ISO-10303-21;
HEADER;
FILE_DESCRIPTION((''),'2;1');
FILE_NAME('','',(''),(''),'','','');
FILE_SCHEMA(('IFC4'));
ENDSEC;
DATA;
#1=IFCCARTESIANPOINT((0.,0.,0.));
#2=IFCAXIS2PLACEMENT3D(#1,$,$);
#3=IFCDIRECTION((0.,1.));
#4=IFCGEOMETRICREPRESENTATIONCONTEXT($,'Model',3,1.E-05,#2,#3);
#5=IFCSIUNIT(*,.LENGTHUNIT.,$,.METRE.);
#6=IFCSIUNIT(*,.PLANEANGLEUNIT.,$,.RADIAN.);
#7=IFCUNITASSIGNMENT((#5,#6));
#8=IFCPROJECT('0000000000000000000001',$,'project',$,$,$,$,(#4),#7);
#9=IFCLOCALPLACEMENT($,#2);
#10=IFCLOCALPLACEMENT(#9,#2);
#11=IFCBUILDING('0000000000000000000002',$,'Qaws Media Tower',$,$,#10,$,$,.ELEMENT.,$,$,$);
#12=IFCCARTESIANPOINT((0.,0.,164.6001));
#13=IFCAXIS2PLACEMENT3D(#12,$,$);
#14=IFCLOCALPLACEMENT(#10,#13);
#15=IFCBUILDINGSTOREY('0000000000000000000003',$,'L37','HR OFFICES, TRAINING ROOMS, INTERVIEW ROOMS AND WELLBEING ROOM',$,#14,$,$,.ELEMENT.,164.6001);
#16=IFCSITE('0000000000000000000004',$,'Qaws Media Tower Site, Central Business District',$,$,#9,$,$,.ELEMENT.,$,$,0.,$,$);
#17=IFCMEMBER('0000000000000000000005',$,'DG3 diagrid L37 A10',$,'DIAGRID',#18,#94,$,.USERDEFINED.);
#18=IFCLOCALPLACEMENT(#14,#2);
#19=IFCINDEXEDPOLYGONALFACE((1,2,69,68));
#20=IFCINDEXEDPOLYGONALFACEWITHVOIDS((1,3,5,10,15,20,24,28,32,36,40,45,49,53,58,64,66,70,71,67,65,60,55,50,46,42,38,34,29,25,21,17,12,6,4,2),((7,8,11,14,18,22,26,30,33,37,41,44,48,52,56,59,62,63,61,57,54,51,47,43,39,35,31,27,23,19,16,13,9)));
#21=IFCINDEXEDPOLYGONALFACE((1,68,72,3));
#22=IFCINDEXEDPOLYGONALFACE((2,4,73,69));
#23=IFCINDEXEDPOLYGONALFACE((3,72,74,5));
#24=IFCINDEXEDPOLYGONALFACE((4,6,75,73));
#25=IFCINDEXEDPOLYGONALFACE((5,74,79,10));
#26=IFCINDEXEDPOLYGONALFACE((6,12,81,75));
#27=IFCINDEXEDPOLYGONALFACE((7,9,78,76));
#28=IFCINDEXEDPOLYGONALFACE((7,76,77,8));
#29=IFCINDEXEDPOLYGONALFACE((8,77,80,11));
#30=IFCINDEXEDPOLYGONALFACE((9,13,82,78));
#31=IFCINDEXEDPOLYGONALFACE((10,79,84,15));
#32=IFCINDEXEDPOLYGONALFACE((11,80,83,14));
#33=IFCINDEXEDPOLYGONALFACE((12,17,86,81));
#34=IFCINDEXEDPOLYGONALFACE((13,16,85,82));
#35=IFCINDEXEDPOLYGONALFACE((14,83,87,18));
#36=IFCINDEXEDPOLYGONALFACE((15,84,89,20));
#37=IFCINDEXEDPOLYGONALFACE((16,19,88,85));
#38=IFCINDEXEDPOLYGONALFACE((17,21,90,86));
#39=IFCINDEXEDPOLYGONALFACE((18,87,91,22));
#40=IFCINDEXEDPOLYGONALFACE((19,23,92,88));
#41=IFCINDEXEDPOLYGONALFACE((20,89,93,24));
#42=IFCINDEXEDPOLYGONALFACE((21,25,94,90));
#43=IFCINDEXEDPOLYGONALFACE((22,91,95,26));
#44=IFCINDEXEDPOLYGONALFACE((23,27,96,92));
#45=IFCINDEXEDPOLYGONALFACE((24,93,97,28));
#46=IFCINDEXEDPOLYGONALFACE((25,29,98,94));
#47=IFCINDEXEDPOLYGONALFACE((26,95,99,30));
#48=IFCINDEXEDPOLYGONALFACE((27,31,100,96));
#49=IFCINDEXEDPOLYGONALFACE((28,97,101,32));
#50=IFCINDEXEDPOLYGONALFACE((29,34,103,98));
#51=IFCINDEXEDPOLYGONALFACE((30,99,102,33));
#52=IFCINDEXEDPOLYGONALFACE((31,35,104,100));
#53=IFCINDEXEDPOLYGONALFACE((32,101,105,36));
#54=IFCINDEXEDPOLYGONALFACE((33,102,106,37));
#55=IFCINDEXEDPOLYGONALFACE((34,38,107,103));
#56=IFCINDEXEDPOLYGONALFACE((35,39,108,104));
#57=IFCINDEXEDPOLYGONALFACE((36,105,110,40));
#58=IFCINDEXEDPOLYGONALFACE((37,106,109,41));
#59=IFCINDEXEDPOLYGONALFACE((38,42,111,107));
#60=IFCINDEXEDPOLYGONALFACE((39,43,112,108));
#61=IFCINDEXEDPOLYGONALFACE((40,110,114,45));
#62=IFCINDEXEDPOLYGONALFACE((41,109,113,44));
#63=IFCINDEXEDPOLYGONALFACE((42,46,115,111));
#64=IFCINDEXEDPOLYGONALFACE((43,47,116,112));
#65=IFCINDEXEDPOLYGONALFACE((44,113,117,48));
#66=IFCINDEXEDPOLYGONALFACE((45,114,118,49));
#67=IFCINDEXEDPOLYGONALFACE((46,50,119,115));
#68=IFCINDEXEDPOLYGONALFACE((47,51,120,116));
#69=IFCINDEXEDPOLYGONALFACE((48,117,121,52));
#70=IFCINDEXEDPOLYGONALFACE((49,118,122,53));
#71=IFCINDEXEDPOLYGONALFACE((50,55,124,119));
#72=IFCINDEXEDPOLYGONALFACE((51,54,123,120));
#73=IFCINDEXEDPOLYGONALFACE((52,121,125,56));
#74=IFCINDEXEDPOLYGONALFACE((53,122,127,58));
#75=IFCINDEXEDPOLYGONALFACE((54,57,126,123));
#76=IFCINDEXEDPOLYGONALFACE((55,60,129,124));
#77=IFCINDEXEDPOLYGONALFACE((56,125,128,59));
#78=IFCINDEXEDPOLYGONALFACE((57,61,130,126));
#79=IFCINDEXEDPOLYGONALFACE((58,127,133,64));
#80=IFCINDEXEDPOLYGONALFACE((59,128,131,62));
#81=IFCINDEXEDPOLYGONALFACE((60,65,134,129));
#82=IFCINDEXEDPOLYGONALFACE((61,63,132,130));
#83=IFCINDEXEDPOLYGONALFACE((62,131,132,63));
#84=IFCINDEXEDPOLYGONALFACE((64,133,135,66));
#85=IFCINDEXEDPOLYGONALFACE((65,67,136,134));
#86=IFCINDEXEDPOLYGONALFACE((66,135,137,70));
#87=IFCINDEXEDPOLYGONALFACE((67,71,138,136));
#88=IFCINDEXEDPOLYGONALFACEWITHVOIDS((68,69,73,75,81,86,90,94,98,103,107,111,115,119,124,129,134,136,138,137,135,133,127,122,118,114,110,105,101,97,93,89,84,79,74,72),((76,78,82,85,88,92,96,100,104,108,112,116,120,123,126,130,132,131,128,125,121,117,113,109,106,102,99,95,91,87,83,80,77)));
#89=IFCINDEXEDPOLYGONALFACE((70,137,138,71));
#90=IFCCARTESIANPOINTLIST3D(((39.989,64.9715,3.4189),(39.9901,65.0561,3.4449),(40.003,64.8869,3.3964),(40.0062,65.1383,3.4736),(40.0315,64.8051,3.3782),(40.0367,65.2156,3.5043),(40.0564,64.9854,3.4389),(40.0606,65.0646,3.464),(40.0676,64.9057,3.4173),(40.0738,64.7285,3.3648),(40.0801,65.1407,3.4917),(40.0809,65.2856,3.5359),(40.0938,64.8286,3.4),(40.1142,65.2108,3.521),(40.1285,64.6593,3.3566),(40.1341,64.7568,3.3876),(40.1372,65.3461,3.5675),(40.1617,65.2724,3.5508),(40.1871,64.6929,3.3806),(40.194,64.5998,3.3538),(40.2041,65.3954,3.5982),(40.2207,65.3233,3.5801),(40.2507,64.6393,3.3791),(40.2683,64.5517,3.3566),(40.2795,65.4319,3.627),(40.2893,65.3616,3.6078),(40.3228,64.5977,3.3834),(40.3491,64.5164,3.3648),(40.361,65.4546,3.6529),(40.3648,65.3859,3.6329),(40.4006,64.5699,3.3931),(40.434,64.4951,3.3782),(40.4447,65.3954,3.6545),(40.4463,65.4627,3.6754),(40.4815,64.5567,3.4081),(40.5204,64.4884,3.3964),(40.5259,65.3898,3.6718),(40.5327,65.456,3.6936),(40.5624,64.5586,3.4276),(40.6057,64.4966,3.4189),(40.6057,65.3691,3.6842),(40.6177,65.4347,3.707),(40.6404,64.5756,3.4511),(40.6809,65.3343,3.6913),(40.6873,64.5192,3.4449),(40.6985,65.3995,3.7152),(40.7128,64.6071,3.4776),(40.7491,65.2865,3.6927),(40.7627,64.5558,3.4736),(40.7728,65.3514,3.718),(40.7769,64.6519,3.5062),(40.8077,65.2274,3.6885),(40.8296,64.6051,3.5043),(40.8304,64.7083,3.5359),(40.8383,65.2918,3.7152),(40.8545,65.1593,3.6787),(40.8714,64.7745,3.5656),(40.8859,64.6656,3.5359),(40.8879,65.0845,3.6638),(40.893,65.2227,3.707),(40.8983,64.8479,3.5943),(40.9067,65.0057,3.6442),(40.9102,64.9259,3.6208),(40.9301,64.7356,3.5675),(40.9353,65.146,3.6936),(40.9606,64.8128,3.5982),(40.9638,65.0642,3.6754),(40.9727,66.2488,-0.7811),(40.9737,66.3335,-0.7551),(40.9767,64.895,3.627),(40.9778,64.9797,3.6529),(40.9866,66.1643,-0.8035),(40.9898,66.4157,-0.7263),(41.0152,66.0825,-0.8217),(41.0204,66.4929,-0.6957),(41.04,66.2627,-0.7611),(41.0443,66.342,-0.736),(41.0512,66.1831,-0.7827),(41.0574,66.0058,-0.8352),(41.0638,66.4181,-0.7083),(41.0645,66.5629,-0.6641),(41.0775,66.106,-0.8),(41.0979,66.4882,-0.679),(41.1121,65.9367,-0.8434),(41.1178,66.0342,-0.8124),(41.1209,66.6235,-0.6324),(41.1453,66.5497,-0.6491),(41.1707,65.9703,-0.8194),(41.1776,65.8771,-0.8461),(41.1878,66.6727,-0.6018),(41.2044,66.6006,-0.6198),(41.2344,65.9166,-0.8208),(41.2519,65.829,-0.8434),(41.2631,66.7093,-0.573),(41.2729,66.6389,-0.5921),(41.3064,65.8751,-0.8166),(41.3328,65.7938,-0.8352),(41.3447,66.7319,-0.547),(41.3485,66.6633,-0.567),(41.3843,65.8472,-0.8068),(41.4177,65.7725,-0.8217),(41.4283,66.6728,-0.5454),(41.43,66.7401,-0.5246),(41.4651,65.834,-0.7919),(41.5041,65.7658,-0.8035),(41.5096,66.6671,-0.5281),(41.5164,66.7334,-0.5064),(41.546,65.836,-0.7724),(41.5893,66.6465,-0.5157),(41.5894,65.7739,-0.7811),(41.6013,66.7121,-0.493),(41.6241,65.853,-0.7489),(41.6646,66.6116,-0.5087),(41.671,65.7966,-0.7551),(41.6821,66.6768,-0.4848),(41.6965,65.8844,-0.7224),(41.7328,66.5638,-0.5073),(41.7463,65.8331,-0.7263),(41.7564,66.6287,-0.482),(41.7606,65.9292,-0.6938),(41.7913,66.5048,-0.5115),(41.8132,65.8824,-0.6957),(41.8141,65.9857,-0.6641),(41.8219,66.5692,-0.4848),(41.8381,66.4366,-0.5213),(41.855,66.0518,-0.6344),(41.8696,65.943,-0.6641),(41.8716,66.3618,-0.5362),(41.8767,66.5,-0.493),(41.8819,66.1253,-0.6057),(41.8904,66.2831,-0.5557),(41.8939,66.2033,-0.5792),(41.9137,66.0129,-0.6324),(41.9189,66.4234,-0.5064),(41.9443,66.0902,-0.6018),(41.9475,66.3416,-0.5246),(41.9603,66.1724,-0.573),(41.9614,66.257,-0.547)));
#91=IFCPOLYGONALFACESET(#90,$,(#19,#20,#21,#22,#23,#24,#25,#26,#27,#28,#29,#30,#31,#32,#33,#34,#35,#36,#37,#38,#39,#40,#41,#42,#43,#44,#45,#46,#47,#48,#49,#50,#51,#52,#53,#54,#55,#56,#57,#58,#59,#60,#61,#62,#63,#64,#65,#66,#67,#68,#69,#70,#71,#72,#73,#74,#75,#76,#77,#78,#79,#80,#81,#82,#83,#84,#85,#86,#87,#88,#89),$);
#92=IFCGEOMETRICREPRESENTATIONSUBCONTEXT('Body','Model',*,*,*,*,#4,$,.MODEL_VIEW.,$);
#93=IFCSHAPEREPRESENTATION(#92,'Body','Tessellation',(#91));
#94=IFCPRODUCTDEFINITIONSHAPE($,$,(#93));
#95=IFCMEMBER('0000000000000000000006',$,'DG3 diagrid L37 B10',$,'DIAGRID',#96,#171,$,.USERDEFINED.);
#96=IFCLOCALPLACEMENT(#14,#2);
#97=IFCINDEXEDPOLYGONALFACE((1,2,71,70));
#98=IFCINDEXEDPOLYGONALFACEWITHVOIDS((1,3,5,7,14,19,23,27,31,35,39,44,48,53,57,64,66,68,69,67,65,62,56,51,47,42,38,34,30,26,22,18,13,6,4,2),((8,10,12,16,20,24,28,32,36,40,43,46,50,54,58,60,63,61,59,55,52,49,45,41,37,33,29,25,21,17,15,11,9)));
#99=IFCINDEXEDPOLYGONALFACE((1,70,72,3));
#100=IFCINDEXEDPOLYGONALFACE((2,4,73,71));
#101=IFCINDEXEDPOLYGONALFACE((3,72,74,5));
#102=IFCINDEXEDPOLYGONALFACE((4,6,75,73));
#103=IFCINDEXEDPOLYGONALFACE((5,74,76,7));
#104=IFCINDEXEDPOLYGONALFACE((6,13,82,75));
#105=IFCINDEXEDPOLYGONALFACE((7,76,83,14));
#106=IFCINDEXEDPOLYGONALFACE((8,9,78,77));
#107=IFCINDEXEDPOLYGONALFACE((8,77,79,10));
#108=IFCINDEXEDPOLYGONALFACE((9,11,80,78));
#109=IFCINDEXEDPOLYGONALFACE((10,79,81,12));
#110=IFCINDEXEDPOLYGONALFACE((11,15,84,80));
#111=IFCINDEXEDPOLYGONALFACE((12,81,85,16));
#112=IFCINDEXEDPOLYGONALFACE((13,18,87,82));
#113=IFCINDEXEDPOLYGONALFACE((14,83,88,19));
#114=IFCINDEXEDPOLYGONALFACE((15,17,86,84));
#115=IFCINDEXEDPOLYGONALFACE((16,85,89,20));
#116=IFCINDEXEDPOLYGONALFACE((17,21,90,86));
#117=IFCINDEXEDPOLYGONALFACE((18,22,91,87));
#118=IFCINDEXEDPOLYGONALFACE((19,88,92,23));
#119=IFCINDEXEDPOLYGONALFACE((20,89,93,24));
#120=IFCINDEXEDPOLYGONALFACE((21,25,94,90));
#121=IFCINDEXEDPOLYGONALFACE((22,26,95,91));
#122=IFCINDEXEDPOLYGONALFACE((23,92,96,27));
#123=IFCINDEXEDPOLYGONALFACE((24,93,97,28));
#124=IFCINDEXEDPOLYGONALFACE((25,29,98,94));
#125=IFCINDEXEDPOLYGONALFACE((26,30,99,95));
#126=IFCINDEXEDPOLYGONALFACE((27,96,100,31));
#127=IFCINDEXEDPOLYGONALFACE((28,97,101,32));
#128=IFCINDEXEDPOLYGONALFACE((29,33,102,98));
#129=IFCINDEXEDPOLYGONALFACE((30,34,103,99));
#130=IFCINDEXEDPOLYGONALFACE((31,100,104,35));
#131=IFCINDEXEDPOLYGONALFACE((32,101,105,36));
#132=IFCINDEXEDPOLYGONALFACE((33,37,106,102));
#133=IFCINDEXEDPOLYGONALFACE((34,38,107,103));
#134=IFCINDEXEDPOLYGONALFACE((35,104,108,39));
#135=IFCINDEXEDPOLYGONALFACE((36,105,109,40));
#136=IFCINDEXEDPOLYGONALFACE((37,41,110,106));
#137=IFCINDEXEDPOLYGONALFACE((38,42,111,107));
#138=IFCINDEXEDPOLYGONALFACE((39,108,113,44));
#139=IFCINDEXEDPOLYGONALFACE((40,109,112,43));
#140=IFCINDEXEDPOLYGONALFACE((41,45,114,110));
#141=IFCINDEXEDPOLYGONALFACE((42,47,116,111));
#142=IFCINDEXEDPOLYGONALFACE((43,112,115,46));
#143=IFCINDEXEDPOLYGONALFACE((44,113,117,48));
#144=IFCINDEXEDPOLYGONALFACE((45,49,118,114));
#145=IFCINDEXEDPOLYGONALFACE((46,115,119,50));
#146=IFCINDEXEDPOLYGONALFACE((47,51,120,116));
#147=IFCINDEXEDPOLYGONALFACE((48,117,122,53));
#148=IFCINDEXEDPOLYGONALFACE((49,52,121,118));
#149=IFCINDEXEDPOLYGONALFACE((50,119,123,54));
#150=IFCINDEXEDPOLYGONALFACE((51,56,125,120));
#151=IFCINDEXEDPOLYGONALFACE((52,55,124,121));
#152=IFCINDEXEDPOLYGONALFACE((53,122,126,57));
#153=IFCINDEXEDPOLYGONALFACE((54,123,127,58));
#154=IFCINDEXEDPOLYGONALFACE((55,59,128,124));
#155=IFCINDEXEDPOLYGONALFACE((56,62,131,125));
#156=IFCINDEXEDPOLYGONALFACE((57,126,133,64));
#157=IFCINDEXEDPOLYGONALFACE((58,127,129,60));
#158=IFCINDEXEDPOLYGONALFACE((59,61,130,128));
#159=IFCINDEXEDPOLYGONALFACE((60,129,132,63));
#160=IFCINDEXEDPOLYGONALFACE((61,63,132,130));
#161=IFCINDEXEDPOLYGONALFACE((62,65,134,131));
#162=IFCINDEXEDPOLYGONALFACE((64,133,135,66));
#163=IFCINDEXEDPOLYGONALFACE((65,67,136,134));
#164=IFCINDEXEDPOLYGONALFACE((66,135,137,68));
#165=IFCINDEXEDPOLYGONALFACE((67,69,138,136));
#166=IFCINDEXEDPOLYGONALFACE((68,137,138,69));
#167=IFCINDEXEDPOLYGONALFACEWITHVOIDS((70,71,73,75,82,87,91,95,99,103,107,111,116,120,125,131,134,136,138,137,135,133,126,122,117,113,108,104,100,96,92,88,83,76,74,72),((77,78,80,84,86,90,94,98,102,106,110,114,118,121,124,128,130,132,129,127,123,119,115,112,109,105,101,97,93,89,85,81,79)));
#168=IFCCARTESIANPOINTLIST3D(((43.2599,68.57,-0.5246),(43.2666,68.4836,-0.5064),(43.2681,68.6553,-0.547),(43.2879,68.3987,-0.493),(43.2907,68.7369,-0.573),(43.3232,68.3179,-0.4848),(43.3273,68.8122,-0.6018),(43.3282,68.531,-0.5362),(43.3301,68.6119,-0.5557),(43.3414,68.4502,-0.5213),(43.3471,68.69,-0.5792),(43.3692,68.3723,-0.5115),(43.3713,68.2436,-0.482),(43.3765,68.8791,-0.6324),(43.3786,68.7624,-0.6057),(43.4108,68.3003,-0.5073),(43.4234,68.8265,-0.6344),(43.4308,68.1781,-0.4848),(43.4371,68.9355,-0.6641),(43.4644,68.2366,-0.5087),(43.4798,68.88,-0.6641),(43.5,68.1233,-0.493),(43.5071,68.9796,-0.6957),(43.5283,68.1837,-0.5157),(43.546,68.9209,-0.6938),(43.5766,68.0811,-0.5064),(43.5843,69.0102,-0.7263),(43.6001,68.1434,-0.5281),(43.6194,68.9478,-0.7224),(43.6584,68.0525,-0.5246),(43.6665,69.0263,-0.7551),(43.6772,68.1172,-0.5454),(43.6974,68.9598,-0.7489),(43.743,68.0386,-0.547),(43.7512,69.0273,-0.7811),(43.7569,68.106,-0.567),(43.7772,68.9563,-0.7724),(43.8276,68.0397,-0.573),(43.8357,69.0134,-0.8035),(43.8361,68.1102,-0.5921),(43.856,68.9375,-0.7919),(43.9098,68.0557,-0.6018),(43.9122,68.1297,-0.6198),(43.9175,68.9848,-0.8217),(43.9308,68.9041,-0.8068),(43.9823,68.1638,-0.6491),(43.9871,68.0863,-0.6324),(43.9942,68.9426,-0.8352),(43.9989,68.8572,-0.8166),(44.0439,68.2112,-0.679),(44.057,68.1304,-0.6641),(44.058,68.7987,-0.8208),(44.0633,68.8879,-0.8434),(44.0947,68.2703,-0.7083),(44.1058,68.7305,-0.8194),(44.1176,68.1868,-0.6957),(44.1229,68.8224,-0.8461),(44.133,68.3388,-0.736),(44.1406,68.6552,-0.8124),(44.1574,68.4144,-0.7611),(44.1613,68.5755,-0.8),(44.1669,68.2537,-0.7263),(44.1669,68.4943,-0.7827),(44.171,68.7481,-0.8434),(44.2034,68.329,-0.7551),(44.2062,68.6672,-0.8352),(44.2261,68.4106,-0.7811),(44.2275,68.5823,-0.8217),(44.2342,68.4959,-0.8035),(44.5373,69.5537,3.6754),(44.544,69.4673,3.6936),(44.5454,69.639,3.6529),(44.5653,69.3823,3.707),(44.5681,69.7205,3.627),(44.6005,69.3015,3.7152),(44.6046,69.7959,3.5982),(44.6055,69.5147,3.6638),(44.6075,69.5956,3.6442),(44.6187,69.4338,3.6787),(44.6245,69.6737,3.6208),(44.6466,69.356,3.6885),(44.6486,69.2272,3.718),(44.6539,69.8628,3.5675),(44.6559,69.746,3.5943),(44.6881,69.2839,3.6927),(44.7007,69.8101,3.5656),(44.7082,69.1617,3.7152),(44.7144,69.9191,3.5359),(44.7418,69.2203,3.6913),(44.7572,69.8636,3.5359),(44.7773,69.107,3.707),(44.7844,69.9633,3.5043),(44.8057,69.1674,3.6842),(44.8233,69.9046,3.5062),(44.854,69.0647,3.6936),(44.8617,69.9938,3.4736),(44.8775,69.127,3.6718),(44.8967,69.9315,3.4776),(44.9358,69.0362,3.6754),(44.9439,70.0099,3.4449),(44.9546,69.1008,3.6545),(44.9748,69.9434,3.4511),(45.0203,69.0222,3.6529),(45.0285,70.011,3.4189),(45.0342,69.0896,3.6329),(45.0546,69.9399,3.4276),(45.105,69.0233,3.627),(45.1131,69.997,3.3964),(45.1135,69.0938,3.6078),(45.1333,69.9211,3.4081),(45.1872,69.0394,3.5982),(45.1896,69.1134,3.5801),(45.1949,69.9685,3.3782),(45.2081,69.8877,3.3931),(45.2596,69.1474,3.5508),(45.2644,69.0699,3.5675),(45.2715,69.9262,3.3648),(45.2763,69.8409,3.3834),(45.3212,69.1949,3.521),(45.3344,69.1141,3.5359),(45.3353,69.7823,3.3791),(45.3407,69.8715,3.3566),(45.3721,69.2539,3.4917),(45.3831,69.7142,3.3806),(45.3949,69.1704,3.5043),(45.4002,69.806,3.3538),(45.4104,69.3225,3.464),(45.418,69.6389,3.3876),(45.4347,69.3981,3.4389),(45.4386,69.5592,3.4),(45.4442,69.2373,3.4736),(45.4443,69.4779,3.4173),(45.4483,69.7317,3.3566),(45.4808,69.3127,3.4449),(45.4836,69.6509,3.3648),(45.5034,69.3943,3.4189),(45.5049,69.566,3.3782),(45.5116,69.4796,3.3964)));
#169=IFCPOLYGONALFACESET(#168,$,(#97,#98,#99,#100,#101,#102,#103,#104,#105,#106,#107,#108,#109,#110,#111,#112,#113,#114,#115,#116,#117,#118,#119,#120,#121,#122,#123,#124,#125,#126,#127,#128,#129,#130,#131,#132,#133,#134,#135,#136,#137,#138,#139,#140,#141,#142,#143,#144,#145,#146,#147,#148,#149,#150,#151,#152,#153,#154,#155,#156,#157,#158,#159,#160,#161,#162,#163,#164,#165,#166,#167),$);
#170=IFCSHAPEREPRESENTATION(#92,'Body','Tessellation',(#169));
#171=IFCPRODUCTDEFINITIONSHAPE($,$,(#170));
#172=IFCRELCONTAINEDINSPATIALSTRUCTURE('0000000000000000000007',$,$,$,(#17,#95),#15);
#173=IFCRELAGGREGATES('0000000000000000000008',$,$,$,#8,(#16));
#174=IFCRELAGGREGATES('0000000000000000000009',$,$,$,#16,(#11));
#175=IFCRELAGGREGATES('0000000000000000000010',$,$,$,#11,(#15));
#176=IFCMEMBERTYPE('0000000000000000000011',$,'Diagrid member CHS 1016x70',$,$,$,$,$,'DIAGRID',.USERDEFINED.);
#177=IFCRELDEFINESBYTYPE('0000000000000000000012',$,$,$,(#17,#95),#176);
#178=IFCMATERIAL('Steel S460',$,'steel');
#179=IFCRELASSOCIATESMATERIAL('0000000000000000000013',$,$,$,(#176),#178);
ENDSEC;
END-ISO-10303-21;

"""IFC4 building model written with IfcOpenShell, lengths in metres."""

from ifc_helpers import new_model, si_unit, direction, frame, origin, origin_2d, place, context, subcontext, project, spatial, hollow_circle, extrude, material, material_profile, profile_set, type_object, element, save


model = new_model("IFC4")

# Units and contexts
model_context = context("Model", 3, precision=1e-05, world=origin(), true_north=direction((0.0, 1.0)))
body_context = subcontext(model_context, "Body", "Model", "MODEL_VIEW")
ifc_project = project(units=[si_unit("LENGTHUNIT", "METRE"), si_unit("PLANEANGLEUNIT", "RADIAN")], contexts=[model_context])

# Site, building, storey
site_placement = place(None, origin())
site = spatial("IfcSite", under=ifc_project, at=site_placement, Name="Qaws Media Tower Site, Central Business District", CompositionType="ELEMENT", RefElevation=0.0)
building_placement = place(site_placement, origin())
building = spatial("IfcBuilding", under=site, at=building_placement, Name="Qaws Media Tower", CompositionType="ELEMENT")
storey_placement = place(building_placement, frame((0.0, 0.0, 164.6001)))
storey = spatial("IfcBuildingStorey", under=building, at=storey_placement, Name="L37", Description="HR OFFICES, TRAINING ROOMS, INTERVIEW ROOMS AND WELLBEING ROOM", CompositionType="ELEMENT", Elevation=164.6001)

# Members
ifc_material_1 = material(Name="Steel S460", Category="steel")
ifc_material_profile_1 = material_profile(ifc_material_1, hollow_circle(Radius=0.5081, WallThickness=0.0701, at=origin_2d()), Name="CHS 1016x70")
ifc_profile_set_1 = profile_set([ifc_material_profile_1], Name="Steel S460")
member_type_1 = type_object("IfcMemberType", Name="Diagrid member CHS 1016x70", ElementType="DIAGRID", PredefinedType="USERDEFINED", material=ifc_profile_set_1)
for number, where, z_axis, x_axis, name in (
    (1, (41.467, 66.2529, -0.6641), (-0.218648, -0.283933, 0.933582), (0.792303, -0.610128, 0.0), "DG3 diagrid L37 A10"),
    (2, (43.7471, 68.533, -0.6641), (0.283933, 0.218648, 0.933582), (-0.610128, 0.792303, 0.0), "DG3 diagrid L37 B10"),
):
    element("IfcMember", number, at=place(storey_placement, frame(where, z_axis=z_axis, x_axis=x_axis)), inside=storey, type_object=member_type_1, Name=name, ObjectType="DIAGRID", PredefinedType="USERDEFINED", context=body_context, shape_type="SweptSolid", body=[
        extrude(hollow_circle(Radius=0.5081, WallThickness=0.0701, at=origin_2d()), origin(), (0.0, 0.0, 1.0), 4.4988),
    ])

save(model, "model.ifc")
